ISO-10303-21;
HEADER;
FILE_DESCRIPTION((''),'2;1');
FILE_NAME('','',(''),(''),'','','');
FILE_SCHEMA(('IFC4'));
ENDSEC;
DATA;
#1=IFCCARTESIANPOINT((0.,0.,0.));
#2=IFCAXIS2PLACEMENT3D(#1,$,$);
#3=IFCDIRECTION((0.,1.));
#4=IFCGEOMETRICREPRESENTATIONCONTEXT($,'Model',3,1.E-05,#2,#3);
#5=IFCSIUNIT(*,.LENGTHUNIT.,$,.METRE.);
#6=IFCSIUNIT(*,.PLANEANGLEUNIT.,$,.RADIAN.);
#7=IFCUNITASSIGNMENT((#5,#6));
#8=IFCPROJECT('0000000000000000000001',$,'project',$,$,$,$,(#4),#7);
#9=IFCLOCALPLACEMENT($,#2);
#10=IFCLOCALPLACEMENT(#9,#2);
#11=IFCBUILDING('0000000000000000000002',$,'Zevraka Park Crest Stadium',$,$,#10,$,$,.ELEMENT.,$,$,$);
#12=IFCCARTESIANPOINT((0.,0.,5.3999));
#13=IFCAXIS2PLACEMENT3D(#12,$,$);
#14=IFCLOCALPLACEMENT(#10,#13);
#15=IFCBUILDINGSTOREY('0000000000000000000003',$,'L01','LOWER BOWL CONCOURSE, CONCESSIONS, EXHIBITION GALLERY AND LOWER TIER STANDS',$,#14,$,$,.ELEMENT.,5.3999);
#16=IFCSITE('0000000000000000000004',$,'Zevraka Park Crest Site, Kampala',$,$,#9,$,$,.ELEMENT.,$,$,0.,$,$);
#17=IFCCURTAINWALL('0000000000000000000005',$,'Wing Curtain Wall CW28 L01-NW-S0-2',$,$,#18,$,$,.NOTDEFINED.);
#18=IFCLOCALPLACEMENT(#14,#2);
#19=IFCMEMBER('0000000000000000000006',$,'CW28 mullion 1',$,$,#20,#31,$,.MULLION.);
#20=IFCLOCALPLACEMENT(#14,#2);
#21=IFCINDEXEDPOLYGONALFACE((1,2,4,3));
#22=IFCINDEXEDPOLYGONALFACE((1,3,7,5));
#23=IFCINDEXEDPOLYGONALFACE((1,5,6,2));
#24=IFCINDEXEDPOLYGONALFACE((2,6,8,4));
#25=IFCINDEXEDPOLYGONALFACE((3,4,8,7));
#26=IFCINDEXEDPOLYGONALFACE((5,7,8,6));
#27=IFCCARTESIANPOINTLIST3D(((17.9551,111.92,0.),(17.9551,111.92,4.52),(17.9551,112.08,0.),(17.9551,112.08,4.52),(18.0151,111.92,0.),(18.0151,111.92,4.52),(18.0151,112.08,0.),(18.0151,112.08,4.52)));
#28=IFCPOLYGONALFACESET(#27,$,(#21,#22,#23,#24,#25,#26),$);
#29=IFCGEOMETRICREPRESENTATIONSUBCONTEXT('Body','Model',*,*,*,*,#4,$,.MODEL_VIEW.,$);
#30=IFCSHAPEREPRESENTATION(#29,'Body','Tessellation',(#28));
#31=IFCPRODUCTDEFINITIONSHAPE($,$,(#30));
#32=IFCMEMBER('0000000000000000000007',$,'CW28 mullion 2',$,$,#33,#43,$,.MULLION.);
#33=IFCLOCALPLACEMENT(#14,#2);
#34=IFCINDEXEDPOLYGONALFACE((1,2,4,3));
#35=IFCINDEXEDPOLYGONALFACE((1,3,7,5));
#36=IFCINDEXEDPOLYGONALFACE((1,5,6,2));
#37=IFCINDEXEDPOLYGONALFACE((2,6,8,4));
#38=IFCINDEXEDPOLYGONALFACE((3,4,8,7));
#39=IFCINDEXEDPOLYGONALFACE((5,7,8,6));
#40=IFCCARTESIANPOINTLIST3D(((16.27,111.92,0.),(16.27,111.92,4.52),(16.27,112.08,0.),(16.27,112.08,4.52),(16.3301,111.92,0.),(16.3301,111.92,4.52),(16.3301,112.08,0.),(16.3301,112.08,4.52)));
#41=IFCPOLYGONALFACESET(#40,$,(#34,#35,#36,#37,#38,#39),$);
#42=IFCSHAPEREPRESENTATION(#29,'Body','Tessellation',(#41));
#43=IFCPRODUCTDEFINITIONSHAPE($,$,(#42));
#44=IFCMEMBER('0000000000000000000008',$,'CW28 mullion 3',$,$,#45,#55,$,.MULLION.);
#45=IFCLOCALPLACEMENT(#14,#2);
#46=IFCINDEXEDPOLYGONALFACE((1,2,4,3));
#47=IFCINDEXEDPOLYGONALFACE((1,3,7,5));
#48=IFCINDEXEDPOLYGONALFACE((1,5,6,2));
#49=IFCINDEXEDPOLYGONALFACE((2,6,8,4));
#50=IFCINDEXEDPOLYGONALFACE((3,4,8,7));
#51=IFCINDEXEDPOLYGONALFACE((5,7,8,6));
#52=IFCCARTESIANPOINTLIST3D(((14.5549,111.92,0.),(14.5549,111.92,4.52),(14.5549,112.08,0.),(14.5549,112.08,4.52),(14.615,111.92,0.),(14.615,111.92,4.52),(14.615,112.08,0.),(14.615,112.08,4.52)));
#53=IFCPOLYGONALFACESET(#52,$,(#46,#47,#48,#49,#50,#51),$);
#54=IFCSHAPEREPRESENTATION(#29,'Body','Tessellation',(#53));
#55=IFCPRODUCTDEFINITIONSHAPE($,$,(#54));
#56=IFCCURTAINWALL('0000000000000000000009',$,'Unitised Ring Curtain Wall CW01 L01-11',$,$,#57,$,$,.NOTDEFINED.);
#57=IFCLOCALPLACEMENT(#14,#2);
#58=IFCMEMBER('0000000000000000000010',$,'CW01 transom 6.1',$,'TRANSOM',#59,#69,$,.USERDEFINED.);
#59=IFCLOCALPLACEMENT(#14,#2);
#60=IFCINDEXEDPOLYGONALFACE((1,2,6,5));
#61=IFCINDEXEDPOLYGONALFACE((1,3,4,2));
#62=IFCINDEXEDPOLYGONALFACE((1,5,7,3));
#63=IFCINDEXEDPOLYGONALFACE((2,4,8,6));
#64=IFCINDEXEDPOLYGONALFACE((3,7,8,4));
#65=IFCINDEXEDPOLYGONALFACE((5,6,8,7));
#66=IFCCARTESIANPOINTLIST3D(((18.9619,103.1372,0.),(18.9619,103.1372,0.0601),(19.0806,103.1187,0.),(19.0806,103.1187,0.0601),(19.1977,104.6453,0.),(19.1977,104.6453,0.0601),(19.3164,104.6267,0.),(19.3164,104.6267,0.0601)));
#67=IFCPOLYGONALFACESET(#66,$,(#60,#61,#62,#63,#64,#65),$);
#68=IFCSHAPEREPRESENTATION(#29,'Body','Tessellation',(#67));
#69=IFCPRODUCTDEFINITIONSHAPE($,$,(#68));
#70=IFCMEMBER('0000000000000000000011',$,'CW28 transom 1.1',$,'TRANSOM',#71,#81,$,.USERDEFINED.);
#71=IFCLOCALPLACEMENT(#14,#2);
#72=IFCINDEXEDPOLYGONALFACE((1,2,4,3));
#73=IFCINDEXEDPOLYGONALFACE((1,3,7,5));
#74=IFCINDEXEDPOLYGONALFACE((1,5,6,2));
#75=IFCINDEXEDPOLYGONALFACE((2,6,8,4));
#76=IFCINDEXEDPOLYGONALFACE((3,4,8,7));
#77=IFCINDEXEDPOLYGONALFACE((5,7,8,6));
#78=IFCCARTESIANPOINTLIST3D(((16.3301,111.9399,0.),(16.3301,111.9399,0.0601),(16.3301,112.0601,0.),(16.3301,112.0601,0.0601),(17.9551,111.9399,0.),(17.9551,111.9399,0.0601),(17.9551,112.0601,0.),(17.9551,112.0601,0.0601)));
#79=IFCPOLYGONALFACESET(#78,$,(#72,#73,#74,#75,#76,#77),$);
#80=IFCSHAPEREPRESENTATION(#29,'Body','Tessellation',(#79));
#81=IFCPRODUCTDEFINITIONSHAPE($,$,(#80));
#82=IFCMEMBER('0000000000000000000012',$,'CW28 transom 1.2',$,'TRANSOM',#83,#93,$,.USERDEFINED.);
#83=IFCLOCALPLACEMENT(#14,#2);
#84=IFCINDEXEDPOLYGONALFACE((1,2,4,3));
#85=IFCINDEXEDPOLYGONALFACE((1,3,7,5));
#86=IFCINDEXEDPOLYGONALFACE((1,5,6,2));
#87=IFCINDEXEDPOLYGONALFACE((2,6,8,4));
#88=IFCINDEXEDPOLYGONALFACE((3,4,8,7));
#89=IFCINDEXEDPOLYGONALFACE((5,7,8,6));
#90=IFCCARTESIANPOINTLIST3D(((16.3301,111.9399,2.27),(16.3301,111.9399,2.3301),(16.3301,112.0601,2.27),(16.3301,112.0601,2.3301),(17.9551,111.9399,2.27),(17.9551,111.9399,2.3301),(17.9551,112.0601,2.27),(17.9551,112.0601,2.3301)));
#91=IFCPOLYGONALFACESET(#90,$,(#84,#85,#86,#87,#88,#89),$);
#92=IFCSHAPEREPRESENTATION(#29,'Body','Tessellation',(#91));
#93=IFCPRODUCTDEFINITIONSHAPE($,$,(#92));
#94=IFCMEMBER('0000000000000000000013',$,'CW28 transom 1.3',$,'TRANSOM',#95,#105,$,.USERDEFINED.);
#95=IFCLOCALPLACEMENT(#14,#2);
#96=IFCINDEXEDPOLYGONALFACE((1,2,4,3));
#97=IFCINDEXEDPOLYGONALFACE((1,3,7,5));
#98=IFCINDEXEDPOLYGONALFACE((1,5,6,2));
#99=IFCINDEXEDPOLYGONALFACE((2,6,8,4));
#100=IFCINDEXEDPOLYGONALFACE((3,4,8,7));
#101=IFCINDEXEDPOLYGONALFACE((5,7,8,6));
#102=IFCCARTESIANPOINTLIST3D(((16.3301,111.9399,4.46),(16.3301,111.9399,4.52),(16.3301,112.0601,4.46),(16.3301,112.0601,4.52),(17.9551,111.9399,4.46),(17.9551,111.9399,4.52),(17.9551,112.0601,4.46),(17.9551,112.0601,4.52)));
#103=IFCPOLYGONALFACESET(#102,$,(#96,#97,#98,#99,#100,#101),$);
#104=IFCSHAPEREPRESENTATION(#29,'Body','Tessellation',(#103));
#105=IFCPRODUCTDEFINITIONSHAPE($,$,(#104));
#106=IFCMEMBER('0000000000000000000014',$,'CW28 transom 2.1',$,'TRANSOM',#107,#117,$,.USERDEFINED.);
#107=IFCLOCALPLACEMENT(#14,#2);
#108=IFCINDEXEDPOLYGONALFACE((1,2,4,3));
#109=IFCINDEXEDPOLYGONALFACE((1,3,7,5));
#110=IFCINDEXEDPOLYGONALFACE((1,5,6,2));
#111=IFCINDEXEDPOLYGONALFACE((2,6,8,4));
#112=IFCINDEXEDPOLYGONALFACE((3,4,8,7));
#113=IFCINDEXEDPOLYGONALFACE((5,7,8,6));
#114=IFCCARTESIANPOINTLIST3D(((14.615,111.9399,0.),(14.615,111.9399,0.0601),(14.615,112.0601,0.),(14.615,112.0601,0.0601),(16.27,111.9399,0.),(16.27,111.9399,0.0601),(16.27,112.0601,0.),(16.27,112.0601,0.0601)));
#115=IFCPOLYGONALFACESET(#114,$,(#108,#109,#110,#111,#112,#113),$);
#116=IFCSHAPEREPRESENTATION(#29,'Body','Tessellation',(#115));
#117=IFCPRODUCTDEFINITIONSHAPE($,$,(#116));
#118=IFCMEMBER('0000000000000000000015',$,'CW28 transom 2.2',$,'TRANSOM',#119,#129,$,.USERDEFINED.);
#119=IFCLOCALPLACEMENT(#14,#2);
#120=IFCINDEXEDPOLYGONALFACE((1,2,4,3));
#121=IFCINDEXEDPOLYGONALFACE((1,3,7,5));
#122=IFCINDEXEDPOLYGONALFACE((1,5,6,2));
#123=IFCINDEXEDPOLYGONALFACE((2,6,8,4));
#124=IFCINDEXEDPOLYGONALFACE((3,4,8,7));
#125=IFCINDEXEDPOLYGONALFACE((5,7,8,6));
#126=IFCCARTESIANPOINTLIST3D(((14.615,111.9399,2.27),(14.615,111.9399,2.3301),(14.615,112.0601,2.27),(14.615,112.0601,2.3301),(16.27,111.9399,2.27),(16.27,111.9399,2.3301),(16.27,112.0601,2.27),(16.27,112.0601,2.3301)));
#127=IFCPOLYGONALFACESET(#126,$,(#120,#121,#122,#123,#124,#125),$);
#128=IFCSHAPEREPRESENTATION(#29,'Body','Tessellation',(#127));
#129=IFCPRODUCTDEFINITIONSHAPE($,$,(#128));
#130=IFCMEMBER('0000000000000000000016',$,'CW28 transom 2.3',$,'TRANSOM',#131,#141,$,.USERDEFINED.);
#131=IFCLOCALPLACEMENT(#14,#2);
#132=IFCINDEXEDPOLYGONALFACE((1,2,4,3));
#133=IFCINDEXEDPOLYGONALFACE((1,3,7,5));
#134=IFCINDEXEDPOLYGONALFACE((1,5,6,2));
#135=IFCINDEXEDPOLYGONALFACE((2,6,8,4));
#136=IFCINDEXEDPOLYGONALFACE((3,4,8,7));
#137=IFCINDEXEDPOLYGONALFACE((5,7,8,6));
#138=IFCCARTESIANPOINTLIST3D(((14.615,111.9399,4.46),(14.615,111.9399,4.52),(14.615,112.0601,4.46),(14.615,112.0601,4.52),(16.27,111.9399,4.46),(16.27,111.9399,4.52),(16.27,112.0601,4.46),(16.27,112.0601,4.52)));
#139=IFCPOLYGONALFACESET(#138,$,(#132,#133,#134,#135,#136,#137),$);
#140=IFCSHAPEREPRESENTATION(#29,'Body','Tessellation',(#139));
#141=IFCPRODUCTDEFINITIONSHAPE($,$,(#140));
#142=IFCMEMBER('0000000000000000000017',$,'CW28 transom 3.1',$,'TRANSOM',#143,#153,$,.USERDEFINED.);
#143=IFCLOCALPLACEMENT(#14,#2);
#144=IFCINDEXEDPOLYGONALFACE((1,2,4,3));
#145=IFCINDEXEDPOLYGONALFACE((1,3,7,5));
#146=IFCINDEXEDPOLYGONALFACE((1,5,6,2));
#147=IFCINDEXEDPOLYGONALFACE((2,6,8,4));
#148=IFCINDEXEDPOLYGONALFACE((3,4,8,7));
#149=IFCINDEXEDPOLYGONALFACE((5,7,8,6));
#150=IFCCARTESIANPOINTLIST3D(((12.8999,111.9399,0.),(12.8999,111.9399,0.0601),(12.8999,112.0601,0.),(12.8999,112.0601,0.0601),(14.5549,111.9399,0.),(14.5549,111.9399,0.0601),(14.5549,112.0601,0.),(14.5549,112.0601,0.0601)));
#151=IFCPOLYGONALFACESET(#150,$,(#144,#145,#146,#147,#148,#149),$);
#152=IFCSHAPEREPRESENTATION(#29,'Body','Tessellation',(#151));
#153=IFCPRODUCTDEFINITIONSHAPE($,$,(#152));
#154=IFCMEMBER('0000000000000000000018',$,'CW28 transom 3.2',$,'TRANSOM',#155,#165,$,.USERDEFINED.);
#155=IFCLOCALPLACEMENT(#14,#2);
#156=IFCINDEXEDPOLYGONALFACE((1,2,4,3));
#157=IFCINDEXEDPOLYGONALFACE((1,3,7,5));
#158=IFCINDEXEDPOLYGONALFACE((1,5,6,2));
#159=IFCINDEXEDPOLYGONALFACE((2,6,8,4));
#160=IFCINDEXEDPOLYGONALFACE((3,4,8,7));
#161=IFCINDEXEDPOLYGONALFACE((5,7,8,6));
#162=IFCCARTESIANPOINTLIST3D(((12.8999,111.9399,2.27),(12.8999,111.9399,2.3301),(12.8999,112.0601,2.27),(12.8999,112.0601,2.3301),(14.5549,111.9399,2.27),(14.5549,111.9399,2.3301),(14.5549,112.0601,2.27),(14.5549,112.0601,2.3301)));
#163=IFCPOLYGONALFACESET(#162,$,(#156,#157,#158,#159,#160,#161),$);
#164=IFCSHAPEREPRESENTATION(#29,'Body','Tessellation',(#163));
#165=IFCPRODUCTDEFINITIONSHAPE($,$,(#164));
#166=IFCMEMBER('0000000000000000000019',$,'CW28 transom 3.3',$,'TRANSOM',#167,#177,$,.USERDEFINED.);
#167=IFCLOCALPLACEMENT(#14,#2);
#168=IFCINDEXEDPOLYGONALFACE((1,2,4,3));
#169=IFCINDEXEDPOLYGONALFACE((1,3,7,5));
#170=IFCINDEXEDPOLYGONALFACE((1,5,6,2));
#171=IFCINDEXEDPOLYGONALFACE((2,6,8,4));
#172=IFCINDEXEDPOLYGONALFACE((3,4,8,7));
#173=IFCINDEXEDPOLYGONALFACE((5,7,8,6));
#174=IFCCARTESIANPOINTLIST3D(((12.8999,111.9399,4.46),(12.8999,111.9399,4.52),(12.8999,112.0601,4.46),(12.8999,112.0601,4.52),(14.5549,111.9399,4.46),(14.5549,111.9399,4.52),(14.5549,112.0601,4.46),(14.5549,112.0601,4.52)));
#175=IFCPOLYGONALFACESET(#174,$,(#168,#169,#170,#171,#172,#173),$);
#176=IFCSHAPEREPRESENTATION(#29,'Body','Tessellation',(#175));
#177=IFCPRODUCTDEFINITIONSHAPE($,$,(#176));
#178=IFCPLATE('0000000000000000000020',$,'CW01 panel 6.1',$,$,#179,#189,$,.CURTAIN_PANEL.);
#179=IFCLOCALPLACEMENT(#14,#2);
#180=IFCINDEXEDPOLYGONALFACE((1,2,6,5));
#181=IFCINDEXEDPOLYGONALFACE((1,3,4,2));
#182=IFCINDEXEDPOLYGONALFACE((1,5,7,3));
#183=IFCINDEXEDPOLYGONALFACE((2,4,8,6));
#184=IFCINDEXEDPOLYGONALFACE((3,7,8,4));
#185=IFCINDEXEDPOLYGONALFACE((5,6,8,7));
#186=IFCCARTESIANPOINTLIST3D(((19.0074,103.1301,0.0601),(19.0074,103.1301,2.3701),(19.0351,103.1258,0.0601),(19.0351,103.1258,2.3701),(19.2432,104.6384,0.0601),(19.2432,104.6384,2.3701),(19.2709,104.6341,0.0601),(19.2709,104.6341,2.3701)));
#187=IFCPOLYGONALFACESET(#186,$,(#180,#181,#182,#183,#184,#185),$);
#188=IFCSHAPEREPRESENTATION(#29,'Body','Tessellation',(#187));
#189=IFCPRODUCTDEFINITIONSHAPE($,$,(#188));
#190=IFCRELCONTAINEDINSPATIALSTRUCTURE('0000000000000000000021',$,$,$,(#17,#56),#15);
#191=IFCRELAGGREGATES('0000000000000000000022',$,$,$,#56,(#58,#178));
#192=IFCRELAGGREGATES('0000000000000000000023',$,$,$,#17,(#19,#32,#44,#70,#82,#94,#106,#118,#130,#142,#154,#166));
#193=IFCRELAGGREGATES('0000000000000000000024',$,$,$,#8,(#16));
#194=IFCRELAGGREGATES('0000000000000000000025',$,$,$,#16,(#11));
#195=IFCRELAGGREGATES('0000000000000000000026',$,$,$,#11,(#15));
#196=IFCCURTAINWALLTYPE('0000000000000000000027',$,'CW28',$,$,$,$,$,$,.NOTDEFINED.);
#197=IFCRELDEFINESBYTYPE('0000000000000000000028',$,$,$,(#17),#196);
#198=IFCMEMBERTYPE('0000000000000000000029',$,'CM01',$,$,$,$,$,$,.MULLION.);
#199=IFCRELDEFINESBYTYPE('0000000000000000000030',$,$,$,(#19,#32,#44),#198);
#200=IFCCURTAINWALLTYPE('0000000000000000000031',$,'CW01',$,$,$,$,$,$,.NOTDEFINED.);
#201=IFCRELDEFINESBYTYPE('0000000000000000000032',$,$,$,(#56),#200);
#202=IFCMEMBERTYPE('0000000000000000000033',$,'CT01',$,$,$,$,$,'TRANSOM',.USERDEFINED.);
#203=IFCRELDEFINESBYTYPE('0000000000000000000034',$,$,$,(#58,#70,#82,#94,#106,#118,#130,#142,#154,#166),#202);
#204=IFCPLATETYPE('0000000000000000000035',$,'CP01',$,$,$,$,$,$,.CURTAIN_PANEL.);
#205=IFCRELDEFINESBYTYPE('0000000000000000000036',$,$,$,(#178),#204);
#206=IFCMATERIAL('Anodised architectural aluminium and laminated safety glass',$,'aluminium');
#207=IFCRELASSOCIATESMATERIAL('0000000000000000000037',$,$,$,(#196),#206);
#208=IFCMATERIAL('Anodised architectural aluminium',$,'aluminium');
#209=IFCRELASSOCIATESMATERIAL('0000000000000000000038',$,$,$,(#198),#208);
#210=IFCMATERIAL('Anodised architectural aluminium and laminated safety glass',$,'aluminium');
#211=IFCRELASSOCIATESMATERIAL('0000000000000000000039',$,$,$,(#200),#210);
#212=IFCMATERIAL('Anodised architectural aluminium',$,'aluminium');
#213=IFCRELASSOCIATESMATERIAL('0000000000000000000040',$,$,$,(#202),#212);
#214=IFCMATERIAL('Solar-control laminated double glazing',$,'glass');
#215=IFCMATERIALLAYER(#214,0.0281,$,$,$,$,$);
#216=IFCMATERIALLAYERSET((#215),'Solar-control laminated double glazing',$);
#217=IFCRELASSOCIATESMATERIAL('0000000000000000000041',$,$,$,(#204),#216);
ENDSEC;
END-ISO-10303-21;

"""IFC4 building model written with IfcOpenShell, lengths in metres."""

from ifc_helpers import new_model, si_unit, direction, frame, origin, origin_2d, place, context, subcontext, project, spatial, rectangle, extrude, material, layer, layer_set, material_profile, profile_set, type_object, element, aggregate, save


model = new_model("IFC4")

# Units and contexts
model_context = context("Model", 3, precision=1e-05, world=origin(), true_north=direction((0.0, 1.0)))
body_context = subcontext(model_context, "Body", "Model", "MODEL_VIEW")
ifc_project = project(units=[si_unit("LENGTHUNIT", "METRE"), si_unit("PLANEANGLEUNIT", "RADIAN")], contexts=[model_context])

# Site, building, storey
site_placement = place(None, origin())
site = spatial("IfcSite", under=ifc_project, at=site_placement, Name="Zevraka Park Crest Site, Kampala", CompositionType="ELEMENT", RefElevation=0.0)
building_placement = place(site_placement, origin())
building = spatial("IfcBuilding", under=site, at=building_placement, Name="Zevraka Park Crest Stadium", CompositionType="ELEMENT")
storey_placement = place(building_placement, frame((0.0, 0.0, 5.3999)))
storey = spatial("IfcBuildingStorey", under=building, at=storey_placement, Name="L01", Description="LOWER BOWL CONCOURSE, CONCESSIONS, EXHIBITION GALLERY AND LOWER TIER STANDS", CompositionType="ELEMENT", Elevation=5.3999)

# Curtain wall, members
ifc_material_1 = material(Name="Anodised architectural aluminium and laminated safety glass", Category="aluminium")
curtain_wall_type_1 = type_object("IfcCurtainWallType", Name="CW28", PredefinedType="NOTDEFINED", material=ifc_material_1)
curtain_wall_1_placement = place(storey_placement, origin())
curtain_wall_1 = element("IfcCurtainWall", 1, at=curtain_wall_1_placement, inside=storey, type_object=curtain_wall_type_1, Name="Wing Curtain Wall CW28 L01-NW-S0-2", PredefinedType="NOTDEFINED")
ifc_material_2 = material(Name="Anodised architectural aluminium", Category="aluminium")
ifc_material_profile_1 = material_profile(ifc_material_2, rectangle(XDim=0.1599, YDim=0.0601, at=origin_2d()), Name="ALU MULLION 160x60")
ifc_profile_set_1 = profile_set([ifc_material_profile_1], Name="Anodised architectural aluminium")
member_type_1 = type_object("IfcMemberType", Name="CM01", PredefinedType="MULLION", material=ifc_profile_set_1)
member_1_placement = place(storey_placement, frame((17.9851, 112.0, 0.0), z_axis=(0.0, 0.0, 1.0), x_axis=(0.0, -1.0, 0.0)))
member_1 = element("IfcMember", 2, at=member_1_placement, type_object=member_type_1, Name="CW28 mullion 1", PredefinedType="MULLION", context=body_context, shape_type="SweptSolid", body=[
    extrude(rectangle(XDim=0.1599, YDim=0.0601, at=origin_2d()), origin(), (0.0, 0.0, 1.0), 4.52),
])
member_2_placement = place(storey_placement, frame((16.3, 112.0, 0.0), z_axis=(0.0, 0.0, 1.0), x_axis=(0.0, -1.0, 0.0)))
member_2 = element("IfcMember", 3, at=member_2_placement, type_object=member_type_1, Name="CW28 mullion 2", PredefinedType="MULLION", context=body_context, shape_type="SweptSolid", body=[
    extrude(rectangle(XDim=0.1599, YDim=0.0601, at=origin_2d()), origin(), (0.0, 0.0, 1.0), 4.52),
])
member_3_placement = place(storey_placement, frame((14.585, 112.0, 0.0), z_axis=(0.0, 0.0, 1.0), x_axis=(0.0, -1.0, 0.0)))
member_3 = element("IfcMember", 4, at=member_3_placement, type_object=member_type_1, Name="CW28 mullion 3", PredefinedType="MULLION", context=body_context, shape_type="SweptSolid", body=[
    extrude(rectangle(XDim=0.1599, YDim=0.0601, at=origin_2d()), origin(), (0.0, 0.0, 1.0), 4.52),
])

# Curtain wall, member
ifc_material_3 = material(Name="Anodised architectural aluminium and laminated safety glass", Category="aluminium")
curtain_wall_type_2 = type_object("IfcCurtainWallType", Name="CW01", PredefinedType="NOTDEFINED", material=ifc_material_3)
curtain_wall_2_placement = place(storey_placement, origin())
curtain_wall_2 = element("IfcCurtainWall", 5, at=curtain_wall_2_placement, inside=storey, type_object=curtain_wall_type_2, Name="Unitised Ring Curtain Wall CW01 L01-11", PredefinedType="NOTDEFINED")
ifc_material_4 = material(Name="Anodised architectural aluminium", Category="aluminium")
ifc_material_profile_2 = material_profile(ifc_material_4, rectangle(XDim=0.1201, YDim=0.0601, at=origin_2d()), Name="ALU TRANSOM 120x60")
ifc_profile_set_2 = profile_set([ifc_material_profile_2], Name="Anodised architectural aluminium")
member_type_2 = type_object("IfcMemberType", Name="CT01", ElementType="TRANSOM", PredefinedType="USERDEFINED", material=ifc_profile_set_2)
member_4_placement = place(storey_placement, frame((19.2571, 104.636, 0.03), z_axis=(-0.154509, -0.987991, 0.0), x_axis=(0.987991, -0.154509, 0.0)))
member_4 = element("IfcMember", 6, at=member_4_placement, type_object=member_type_2, Name="CW01 transom 6.1", ObjectType="TRANSOM", PredefinedType="USERDEFINED", context=body_context, shape_type="SweptSolid", body=[
    extrude(rectangle(XDim=0.1201, YDim=0.0601, at=origin_2d()), origin(), (0.0, 0.0, 1.0), 1.5264),
])

# Members
member_5_placement = place(storey_placement, frame((17.9551, 112.0, 0.03), z_axis=(-1.0, 0.0, 0.0), x_axis=(0.0, -1.0, 0.0)))
member_5 = element("IfcMember", 7, at=member_5_placement, type_object=member_type_2, Name="CW28 transom 1.1", ObjectType="TRANSOM", PredefinedType="USERDEFINED", context=body_context, shape_type="SweptSolid", body=[
    extrude(rectangle(XDim=0.1201, YDim=0.0601, at=origin_2d()), origin(), (0.0, 0.0, 1.0), 1.625),
])
member_6_placement = place(storey_placement, frame((17.9551, 112.0, 2.3), z_axis=(-1.0, 0.0, 0.0), x_axis=(0.0, -1.0, 0.0)))
member_6 = element("IfcMember", 8, at=member_6_placement, type_object=member_type_2, Name="CW28 transom 1.2", ObjectType="TRANSOM", PredefinedType="USERDEFINED", context=body_context, shape_type="SweptSolid", body=[
    extrude(rectangle(XDim=0.1201, YDim=0.0601, at=origin_2d()), origin(), (0.0, 0.0, 1.0), 1.625),
])
member_7_placement = place(storey_placement, frame((17.9551, 112.0, 4.49), z_axis=(-1.0, 0.0, 0.0), x_axis=(0.0, -1.0, 0.0)))
member_7 = element("IfcMember", 9, at=member_7_placement, type_object=member_type_2, Name="CW28 transom 1.3", ObjectType="TRANSOM", PredefinedType="USERDEFINED", context=body_context, shape_type="SweptSolid", body=[
    extrude(rectangle(XDim=0.1201, YDim=0.0601, at=origin_2d()), origin(), (0.0, 0.0, 1.0), 1.625),
])
member_8_placement = place(storey_placement, frame((16.27, 112.0, 0.03), z_axis=(-1.0, 0.0, 0.0), x_axis=(0.0, -1.0, 0.0)))
member_8 = element("IfcMember", 10, at=member_8_placement, type_object=member_type_2, Name="CW28 transom 2.1", ObjectType="TRANSOM", PredefinedType="USERDEFINED", context=body_context, shape_type="SweptSolid", body=[
    extrude(rectangle(XDim=0.1201, YDim=0.0601, at=origin_2d()), origin(), (0.0, 0.0, 1.0), 1.655),
])
member_9_placement = place(storey_placement, frame((16.27, 112.0, 2.3), z_axis=(-1.0, 0.0, 0.0), x_axis=(0.0, -1.0, 0.0)))
member_9 = element("IfcMember", 11, at=member_9_placement, type_object=member_type_2, Name="CW28 transom 2.2", ObjectType="TRANSOM", PredefinedType="USERDEFINED", context=body_context, shape_type="SweptSolid", body=[
    extrude(rectangle(XDim=0.1201, YDim=0.0601, at=origin_2d()), origin(), (0.0, 0.0, 1.0), 1.655),
])
member_10_placement = place(storey_placement, frame((16.27, 112.0, 4.49), z_axis=(-1.0, 0.0, 0.0), x_axis=(0.0, -1.0, 0.0)))
member_10 = element("IfcMember", 12, at=member_10_placement, type_object=member_type_2, Name="CW28 transom 2.3", ObjectType="TRANSOM", PredefinedType="USERDEFINED", context=body_context, shape_type="SweptSolid", body=[
    extrude(rectangle(XDim=0.1201, YDim=0.0601, at=origin_2d()), origin(), (0.0, 0.0, 1.0), 1.655),
])
member_11_placement = place(storey_placement, frame((14.5549, 112.0, 0.03), z_axis=(-1.0, 0.0, 0.0), x_axis=(0.0, -1.0, 0.0)))
member_11 = element("IfcMember", 13, at=member_11_placement, type_object=member_type_2, Name="CW28 transom 3.1", ObjectType="TRANSOM", PredefinedType="USERDEFINED", context=body_context, shape_type="SweptSolid", body=[
    extrude(rectangle(XDim=0.1201, YDim=0.0601, at=origin_2d()), origin(), (0.0, 0.0, 1.0), 1.655),
])
member_12_placement = place(storey_placement, frame((14.5549, 112.0, 2.3), z_axis=(-1.0, 0.0, 0.0), x_axis=(0.0, -1.0, 0.0)))
member_12 = element("IfcMember", 14, at=member_12_placement, type_object=member_type_2, Name="CW28 transom 3.2", ObjectType="TRANSOM", PredefinedType="USERDEFINED", context=body_context, shape_type="SweptSolid", body=[
    extrude(rectangle(XDim=0.1201, YDim=0.0601, at=origin_2d()), origin(), (0.0, 0.0, 1.0), 1.655),
])
member_13_placement = place(storey_placement, frame((14.5549, 112.0, 4.49), z_axis=(-1.0, 0.0, 0.0), x_axis=(0.0, -1.0, 0.0)))
member_13 = element("IfcMember", 15, at=member_13_placement, type_object=member_type_2, Name="CW28 transom 3.3", ObjectType="TRANSOM", PredefinedType="USERDEFINED", context=body_context, shape_type="SweptSolid", body=[
    extrude(rectangle(XDim=0.1201, YDim=0.0601, at=origin_2d()), origin(), (0.0, 0.0, 1.0), 1.655),
])

# Plate
ifc_material_5 = material(Name="Solar-control laminated double glazing", Category="glass")
ifc_layer_1 = layer(ifc_material_5, 0.0281)
ifc_layer_set_1 = layer_set([ifc_layer_1], Name="Solar-control laminated double glazing")
plate_type_1 = type_object("IfcPlateType", Name="CP01", PredefinedType="CURTAIN_PANEL", material=ifc_layer_set_1)
plate_1_placement = place(storey_placement, frame((19.1392, 103.8821, 0.0601), z_axis=(0.0, 0.0, 1.0), x_axis=(-0.154476, -0.987997, 0.0)))
plate_1 = element("IfcPlate", 16, at=plate_1_placement, type_object=plate_type_1, Name="CW01 panel 6.1", PredefinedType="CURTAIN_PANEL", context=body_context, shape_type="SweptSolid", body=[
    extrude(rectangle(XDim=1.5266, YDim=0.0281, at=origin_2d()), origin(), (0.0, 0.0, 1.0), 2.3101),
])
aggregate(curtain_wall_2, [member_4, plate_1])
aggregate(curtain_wall_1, [member_1, member_2, member_3, member_5, member_6, member_7, member_8, member_9, member_10, member_11, member_12, member_13])

save(model, "model.ifc")
